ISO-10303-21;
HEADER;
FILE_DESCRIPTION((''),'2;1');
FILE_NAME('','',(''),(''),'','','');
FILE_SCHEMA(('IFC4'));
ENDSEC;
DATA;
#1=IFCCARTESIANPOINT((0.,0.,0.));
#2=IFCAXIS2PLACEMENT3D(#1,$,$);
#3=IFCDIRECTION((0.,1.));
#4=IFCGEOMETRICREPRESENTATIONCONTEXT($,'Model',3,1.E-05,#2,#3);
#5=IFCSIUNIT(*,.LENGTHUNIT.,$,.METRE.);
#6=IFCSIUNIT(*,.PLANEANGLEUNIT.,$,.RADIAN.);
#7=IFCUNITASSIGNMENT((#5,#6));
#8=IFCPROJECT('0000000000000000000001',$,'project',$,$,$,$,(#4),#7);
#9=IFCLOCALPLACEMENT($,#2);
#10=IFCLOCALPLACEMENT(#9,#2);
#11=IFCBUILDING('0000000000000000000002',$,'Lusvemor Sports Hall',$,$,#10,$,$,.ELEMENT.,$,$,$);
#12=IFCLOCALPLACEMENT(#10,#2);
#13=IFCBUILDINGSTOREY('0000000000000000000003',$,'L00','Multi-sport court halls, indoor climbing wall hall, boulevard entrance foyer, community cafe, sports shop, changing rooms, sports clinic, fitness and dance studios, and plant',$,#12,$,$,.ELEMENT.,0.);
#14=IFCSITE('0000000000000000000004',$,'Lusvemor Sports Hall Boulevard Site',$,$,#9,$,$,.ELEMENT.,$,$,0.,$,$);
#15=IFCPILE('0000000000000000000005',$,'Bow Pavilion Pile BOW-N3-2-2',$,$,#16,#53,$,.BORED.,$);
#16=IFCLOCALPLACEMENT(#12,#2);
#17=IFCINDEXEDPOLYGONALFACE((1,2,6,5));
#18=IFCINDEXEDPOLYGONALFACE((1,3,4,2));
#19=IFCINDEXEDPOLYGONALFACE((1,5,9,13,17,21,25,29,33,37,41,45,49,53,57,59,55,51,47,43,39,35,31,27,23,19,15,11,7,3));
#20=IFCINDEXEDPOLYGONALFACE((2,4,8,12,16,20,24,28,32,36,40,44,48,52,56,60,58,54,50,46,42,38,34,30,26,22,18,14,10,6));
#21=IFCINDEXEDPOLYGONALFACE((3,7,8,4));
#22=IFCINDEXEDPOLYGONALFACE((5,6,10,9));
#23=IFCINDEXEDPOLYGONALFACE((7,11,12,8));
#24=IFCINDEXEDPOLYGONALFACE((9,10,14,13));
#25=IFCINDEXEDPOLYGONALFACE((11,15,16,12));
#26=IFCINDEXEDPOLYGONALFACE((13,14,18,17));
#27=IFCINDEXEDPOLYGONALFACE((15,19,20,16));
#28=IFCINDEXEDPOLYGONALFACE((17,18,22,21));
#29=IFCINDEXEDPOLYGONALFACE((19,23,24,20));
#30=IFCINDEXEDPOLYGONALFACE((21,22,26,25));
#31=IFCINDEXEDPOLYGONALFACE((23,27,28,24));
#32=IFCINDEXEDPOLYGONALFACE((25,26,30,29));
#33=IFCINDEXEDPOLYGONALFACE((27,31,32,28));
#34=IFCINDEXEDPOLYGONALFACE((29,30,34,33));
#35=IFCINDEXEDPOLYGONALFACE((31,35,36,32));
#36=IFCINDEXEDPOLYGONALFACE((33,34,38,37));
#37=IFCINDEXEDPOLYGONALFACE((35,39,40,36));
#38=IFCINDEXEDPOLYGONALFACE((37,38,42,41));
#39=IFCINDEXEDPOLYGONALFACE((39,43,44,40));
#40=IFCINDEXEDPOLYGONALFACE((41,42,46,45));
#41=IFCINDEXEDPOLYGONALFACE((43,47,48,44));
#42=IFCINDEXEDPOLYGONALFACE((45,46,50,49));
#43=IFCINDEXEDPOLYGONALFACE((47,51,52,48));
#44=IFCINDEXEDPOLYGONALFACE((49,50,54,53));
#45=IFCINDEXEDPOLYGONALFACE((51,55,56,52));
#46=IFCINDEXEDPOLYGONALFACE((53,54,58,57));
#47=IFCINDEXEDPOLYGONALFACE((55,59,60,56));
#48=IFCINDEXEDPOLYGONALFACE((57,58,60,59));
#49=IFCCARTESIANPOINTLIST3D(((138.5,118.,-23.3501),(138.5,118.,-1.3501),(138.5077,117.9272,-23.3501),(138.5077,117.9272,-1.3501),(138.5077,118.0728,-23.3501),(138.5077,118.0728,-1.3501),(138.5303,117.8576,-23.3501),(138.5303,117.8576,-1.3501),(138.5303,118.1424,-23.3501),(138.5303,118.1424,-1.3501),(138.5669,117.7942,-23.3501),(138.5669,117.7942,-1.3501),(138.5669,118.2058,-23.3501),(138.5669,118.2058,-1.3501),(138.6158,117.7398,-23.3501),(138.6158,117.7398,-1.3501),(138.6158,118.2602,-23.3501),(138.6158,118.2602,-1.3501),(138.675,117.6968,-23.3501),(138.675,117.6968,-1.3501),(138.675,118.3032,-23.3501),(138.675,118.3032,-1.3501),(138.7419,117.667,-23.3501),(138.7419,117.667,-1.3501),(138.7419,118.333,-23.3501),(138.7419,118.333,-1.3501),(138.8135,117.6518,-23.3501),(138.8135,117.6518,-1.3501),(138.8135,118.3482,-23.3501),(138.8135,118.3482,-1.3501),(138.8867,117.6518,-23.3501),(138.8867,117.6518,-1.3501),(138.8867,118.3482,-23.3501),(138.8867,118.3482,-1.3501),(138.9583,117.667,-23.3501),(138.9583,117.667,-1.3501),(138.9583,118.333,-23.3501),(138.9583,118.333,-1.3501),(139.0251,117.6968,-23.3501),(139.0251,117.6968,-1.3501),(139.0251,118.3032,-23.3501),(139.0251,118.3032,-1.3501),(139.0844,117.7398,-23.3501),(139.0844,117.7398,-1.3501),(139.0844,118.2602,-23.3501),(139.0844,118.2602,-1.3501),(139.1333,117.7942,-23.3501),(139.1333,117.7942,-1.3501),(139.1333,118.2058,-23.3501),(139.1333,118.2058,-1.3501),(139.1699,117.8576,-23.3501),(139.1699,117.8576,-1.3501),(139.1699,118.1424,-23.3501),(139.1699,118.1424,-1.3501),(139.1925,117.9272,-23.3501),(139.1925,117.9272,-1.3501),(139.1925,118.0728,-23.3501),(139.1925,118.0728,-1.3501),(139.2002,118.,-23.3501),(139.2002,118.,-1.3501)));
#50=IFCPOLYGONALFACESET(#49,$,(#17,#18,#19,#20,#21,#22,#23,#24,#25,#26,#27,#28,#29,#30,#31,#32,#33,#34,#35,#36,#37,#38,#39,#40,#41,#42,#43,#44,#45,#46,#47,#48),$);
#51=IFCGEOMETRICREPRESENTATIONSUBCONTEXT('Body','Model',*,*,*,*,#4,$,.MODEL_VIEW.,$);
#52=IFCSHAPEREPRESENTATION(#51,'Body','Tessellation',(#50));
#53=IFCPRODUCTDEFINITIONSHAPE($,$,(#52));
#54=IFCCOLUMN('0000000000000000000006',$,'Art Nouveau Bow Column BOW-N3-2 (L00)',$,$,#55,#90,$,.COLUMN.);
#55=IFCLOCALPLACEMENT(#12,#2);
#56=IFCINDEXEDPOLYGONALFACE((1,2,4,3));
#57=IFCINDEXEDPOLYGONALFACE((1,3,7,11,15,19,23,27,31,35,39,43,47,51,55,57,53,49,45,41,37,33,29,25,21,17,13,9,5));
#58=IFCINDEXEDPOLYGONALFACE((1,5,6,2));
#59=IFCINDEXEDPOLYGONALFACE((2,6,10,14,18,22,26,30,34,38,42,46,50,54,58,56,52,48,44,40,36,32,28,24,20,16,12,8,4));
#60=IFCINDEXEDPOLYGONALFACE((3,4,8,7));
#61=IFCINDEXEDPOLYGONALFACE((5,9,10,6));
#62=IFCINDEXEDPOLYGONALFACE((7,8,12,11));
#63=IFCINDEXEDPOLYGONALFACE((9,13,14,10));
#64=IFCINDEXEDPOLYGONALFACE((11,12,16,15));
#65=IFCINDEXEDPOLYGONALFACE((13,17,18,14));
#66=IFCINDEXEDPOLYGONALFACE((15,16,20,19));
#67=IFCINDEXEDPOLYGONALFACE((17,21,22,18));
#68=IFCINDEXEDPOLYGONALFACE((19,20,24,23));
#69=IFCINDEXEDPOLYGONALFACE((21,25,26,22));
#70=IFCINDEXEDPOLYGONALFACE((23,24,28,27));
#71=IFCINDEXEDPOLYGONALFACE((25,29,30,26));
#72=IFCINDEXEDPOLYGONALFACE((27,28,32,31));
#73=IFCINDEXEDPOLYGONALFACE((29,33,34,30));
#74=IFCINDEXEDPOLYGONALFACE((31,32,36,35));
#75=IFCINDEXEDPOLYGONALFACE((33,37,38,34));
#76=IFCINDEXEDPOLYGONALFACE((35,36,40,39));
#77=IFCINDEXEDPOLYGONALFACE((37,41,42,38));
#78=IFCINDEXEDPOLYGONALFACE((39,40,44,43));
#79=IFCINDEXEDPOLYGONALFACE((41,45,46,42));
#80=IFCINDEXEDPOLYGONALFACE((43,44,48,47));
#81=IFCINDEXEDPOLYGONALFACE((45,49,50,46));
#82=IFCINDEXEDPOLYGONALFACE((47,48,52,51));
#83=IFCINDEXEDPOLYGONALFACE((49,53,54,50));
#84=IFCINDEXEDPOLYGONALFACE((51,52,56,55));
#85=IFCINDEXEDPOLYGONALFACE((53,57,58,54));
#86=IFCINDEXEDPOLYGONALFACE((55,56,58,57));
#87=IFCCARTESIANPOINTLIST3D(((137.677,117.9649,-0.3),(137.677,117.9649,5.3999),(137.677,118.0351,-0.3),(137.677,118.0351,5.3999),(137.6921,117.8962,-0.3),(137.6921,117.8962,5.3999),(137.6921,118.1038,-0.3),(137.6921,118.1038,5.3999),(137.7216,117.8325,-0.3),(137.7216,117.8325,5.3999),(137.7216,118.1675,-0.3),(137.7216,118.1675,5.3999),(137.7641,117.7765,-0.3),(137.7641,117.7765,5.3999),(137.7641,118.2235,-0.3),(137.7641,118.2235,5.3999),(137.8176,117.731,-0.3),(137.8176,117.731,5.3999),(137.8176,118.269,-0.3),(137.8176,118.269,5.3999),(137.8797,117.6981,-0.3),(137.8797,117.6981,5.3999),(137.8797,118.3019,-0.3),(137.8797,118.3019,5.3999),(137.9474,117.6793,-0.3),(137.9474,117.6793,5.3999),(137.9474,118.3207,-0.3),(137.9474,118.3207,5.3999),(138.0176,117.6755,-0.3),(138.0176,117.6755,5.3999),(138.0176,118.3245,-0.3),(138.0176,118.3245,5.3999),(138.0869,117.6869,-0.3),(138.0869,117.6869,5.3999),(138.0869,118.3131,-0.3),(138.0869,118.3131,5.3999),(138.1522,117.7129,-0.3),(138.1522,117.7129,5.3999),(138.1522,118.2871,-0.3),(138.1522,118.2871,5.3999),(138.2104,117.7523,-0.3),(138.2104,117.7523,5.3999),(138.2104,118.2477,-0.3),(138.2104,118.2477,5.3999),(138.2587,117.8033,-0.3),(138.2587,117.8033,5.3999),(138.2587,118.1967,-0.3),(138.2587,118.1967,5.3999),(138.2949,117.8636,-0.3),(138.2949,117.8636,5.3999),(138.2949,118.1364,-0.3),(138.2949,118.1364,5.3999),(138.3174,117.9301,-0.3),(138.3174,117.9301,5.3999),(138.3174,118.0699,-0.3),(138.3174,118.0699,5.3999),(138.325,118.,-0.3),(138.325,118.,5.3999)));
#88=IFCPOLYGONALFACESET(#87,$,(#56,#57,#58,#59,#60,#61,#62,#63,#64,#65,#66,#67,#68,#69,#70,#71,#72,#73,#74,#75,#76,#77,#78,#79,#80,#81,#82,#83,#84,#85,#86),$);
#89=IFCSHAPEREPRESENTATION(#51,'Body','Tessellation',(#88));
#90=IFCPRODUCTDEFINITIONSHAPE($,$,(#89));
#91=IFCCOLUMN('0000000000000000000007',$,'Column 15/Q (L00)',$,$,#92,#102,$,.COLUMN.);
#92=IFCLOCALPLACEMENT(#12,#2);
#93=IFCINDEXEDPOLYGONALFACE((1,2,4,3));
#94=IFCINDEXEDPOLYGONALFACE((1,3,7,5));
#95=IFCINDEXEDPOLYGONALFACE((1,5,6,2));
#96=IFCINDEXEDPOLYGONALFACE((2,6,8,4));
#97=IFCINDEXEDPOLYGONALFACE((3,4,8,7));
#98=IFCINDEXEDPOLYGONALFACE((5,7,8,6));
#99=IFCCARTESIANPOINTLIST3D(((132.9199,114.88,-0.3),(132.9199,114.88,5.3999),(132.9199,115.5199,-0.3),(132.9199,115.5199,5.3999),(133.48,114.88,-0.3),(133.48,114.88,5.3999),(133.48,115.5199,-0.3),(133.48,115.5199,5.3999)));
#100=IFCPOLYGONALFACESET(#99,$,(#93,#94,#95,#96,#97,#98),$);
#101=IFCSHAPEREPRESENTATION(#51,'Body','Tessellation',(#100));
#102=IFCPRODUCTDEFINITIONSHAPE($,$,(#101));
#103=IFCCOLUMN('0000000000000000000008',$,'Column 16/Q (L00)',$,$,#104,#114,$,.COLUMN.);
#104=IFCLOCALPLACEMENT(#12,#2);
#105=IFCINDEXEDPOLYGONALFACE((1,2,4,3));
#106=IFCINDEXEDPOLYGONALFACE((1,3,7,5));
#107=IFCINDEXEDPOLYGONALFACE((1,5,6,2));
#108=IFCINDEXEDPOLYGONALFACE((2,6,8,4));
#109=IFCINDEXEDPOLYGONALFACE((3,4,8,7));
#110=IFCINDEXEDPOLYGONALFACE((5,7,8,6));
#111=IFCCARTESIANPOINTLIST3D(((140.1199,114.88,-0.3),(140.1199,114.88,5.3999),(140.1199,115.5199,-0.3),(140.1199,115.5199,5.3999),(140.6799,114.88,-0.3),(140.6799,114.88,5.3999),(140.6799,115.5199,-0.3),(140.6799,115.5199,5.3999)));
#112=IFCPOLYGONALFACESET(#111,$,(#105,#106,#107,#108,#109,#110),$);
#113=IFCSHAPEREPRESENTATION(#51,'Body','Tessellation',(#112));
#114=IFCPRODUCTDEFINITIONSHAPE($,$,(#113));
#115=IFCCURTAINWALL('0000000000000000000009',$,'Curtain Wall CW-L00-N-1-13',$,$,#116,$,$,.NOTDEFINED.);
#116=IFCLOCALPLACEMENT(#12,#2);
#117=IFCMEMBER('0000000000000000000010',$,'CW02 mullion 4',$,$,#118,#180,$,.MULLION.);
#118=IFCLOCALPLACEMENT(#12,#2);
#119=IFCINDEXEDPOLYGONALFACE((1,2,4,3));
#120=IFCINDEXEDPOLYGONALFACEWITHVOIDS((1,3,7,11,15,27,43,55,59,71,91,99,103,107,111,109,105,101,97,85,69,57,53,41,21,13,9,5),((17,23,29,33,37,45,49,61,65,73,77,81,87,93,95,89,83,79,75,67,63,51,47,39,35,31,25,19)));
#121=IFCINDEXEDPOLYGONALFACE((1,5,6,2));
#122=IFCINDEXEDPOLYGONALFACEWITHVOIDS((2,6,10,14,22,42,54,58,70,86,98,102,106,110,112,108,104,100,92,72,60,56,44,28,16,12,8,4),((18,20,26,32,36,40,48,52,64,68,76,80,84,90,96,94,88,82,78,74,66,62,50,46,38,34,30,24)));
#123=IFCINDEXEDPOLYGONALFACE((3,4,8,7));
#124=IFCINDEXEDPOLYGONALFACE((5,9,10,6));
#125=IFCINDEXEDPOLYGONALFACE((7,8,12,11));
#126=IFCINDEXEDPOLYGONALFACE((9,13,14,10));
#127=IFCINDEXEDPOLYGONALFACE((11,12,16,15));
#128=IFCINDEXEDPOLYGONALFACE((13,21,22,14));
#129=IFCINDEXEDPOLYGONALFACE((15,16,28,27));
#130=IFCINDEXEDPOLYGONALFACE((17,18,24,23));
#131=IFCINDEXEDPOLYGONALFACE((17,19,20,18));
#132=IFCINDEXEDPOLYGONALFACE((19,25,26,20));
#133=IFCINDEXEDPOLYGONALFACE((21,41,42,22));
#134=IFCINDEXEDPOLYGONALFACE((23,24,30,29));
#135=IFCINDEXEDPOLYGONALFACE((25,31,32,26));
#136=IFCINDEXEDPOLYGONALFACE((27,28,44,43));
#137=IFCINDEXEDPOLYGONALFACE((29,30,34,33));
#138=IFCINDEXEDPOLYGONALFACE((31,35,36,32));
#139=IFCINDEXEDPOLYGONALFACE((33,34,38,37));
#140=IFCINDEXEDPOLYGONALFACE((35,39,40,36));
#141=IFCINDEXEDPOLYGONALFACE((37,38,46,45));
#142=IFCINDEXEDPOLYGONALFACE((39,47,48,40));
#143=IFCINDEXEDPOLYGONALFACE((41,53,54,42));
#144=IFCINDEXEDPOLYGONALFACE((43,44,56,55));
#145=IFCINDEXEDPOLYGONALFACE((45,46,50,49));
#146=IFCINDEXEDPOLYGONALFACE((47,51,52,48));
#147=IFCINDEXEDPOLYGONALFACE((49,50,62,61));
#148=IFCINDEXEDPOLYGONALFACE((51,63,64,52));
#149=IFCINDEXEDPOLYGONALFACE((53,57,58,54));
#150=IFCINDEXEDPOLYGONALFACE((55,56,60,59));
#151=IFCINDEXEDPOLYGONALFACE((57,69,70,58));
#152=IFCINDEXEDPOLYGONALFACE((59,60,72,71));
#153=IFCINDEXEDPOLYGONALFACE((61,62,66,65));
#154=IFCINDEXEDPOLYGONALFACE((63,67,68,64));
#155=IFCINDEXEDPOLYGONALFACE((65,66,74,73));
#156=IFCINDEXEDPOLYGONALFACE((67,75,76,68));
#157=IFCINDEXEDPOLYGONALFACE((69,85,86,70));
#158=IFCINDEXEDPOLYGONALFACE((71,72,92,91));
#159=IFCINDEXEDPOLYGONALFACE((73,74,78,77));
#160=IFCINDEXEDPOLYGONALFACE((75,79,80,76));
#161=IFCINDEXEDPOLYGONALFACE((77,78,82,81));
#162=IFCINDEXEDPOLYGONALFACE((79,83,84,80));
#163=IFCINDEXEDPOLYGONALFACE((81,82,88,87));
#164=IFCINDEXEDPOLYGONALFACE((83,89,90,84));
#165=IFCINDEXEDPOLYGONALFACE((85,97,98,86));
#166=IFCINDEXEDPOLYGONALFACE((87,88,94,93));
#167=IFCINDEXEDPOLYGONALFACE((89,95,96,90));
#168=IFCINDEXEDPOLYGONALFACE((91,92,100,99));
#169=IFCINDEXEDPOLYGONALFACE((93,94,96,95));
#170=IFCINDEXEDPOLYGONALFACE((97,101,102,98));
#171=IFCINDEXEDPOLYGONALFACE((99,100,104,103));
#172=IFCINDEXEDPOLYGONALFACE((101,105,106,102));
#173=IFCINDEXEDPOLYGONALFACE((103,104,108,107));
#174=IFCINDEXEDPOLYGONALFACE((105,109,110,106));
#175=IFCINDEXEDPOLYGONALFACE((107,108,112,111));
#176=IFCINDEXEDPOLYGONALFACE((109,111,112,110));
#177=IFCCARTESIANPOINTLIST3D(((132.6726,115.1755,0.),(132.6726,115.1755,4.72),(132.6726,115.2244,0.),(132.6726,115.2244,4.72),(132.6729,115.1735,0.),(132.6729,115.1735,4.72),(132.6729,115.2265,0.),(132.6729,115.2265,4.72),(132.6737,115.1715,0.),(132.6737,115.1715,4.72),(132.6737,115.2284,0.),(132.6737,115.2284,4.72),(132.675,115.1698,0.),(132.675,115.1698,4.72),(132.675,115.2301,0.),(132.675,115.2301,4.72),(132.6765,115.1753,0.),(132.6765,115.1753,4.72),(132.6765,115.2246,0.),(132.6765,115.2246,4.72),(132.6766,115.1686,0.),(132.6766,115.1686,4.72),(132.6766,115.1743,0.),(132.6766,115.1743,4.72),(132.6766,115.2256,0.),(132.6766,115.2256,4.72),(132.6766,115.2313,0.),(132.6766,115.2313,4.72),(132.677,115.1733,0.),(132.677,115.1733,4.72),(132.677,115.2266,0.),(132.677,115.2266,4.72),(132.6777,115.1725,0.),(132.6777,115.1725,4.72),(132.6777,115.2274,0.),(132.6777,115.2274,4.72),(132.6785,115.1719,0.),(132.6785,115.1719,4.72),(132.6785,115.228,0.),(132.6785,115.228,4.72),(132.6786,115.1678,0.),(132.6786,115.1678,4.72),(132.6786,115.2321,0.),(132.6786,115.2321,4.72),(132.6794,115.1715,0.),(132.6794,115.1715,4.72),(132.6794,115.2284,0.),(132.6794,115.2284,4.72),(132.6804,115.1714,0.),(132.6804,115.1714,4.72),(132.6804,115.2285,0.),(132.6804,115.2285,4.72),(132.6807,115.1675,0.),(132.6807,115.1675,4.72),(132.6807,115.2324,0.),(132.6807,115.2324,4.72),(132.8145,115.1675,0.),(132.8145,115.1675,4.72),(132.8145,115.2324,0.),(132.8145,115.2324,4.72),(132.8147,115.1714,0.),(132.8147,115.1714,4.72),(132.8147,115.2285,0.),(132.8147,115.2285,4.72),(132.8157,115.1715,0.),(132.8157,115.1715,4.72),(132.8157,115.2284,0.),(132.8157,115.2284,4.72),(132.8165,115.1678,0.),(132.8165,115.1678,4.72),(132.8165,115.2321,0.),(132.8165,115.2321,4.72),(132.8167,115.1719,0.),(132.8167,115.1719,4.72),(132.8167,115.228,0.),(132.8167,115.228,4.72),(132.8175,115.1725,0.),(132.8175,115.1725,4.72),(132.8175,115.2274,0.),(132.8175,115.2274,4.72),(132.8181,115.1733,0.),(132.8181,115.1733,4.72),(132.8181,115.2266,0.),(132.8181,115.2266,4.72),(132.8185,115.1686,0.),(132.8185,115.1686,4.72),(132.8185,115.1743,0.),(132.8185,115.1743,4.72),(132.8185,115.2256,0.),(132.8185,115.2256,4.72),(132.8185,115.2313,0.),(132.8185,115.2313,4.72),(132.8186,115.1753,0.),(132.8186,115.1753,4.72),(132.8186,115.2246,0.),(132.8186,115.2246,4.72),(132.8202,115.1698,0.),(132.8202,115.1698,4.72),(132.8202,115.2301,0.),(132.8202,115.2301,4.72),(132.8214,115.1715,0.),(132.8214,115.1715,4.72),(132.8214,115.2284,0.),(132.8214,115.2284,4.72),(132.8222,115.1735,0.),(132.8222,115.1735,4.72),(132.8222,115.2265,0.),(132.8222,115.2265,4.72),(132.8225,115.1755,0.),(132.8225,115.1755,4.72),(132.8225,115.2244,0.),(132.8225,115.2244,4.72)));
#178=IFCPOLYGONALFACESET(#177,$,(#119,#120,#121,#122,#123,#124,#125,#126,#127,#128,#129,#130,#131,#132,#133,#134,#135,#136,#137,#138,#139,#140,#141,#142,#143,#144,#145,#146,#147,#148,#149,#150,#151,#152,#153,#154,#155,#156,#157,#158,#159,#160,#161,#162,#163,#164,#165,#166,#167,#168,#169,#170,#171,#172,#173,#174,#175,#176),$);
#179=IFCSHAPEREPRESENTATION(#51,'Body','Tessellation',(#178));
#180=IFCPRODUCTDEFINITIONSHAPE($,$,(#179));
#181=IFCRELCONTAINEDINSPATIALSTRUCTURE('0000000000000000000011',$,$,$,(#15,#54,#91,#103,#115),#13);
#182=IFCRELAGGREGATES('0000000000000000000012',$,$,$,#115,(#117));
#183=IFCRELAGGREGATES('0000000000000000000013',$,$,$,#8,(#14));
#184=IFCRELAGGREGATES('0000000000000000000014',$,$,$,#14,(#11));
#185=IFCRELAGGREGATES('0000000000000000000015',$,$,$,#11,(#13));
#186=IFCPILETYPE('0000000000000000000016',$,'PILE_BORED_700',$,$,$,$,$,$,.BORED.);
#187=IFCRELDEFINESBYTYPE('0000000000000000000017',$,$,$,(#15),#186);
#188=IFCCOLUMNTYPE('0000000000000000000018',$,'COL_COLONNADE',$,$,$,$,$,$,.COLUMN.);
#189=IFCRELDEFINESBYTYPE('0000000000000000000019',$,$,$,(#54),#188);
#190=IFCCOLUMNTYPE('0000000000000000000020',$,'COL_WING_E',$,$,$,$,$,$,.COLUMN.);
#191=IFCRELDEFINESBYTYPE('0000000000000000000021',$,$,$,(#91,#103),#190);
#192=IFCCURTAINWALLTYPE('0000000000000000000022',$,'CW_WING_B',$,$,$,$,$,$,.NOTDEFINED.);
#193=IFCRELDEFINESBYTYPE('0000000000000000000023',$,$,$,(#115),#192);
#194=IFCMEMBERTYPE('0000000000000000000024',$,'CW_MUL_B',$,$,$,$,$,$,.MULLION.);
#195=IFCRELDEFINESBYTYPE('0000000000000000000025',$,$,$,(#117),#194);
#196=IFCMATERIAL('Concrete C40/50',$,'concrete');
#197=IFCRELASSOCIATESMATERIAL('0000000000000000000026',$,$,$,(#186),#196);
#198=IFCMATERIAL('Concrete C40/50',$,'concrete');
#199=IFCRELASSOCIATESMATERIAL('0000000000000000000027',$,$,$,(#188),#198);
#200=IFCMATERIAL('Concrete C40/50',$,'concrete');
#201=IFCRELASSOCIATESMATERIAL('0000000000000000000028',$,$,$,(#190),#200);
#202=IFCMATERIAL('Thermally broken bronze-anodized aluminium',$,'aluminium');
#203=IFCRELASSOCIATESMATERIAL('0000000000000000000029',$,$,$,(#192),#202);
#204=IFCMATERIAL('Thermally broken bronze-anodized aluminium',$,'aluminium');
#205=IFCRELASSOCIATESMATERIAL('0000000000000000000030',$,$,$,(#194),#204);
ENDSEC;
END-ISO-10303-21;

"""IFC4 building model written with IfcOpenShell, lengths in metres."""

from ifc_helpers import new_model, si_unit, direction, frame, origin, origin_2d, place, context, subcontext, project, spatial, rectangle, hollow_rectangle, circle, extrude, material, material_profile, profile_set, type_object, element, aggregate, save


model = new_model("IFC4")

# Units and contexts
model_context = context("Model", 3, precision=1e-05, world=origin(), true_north=direction((0.0, 1.0)))
body_context = subcontext(model_context, "Body", "Model", "MODEL_VIEW")
ifc_project = project(units=[si_unit("LENGTHUNIT", "METRE"), si_unit("PLANEANGLEUNIT", "RADIAN")], contexts=[model_context])

# Site, building, storey
site_placement = place(None, origin())
site = spatial("IfcSite", under=ifc_project, at=site_placement, Name="Lusvemor Sports Hall Boulevard Site", CompositionType="ELEMENT", RefElevation=0.0)
building_placement = place(site_placement, origin())
building = spatial("IfcBuilding", under=site, at=building_placement, Name="Lusvemor Sports Hall", CompositionType="ELEMENT")
storey_placement = place(building_placement, origin())
storey = spatial("IfcBuildingStorey", under=building, at=storey_placement, Name="L00", Description="Multi-sport court halls, indoor climbing wall hall, boulevard entrance foyer, community cafe, sports shop, changing rooms, sports clinic, fitness and dance studios, and plant", CompositionType="ELEMENT", Elevation=0.0)

# Pile
ifc_material_1 = material(Name="Concrete C40/50", Category="concrete")
ifc_material_profile_1 = material_profile(ifc_material_1, circle(Radius=0.3501, at=origin_2d()), Name="PILE700")
ifc_profile_set_1 = profile_set([ifc_material_profile_1], Name="Concrete C40/50")
pile_type = type_object("IfcPileType", Name="PILE_BORED_700", PredefinedType="BORED", material=ifc_profile_set_1)
for number, where, z_axis, x_axis, name in (
    (1, (138.8501, 118.0, -1.3501), (0.0, 0.0, -1.0), (1.0, 0.0, 0.0), "Bow Pavilion Pile BOW-N3-2-2"),
):
    element("IfcPile", number, at=place(storey_placement, frame(where, z_axis=z_axis, x_axis=x_axis)), inside=storey, type_object=pile_type, Name=name, PredefinedType="BORED", context=body_context, shape_type="SweptSolid", body=[
        extrude(circle(Radius=0.3501, at=origin_2d()), origin(), (0.0, 0.0, 1.0), 22.0),
    ])

# Columns
ifc_material_2 = material(Name="Concrete C40/50", Category="concrete")
ifc_material_profile_2 = material_profile(ifc_material_2, circle(Radius=0.325, at=origin_2d()), Name="RCCIRC650")
ifc_profile_set_2 = profile_set([ifc_material_profile_2], Name="Concrete C40/50")
column_type_1 = type_object("IfcColumnType", Name="COL_COLONNADE", PredefinedType="COLUMN", material=ifc_profile_set_2)
column_placement = place(storey_placement, frame((138.0, 118.0, -0.3), z_axis=(0.0, 0.0, 1.0), x_axis=(1.0, 0.0, 0.0)))
element("IfcColumn", 2, at=column_placement, inside=storey, type_object=column_type_1, Name="Art Nouveau Bow Column BOW-N3-2 (L00)", PredefinedType="COLUMN", context=body_context, shape_type="SweptSolid", body=[
    extrude(circle(Radius=0.325, at=origin_2d()), origin(), (0.0, 0.0, 1.0), 5.7),
])
ifc_material_3 = material(Name="Concrete C40/50", Category="concrete")
ifc_material_profile_3 = material_profile(ifc_material_3, rectangle(XDim=0.5601, YDim=0.6399, at=origin_2d()), Name="RC560x640")
ifc_profile_set_3 = profile_set([ifc_material_profile_3], Name="Concrete C40/50")
column_type_2 = type_object("IfcColumnType", Name="COL_WING_E", PredefinedType="COLUMN", material=ifc_profile_set_3)
for number, where, z_axis, x_axis, name in (
    (3, (133.2, 115.2, -0.3), (0.0, 0.0, 1.0), (1.0, 0.0, 0.0), "Column 15/Q (L00)"),
    (4, (140.3999, 115.2, -0.3), (0.0, 0.0, 1.0), (1.0, 0.0, 0.0), "Column 16/Q (L00)"),
):
    element("IfcColumn", number, at=place(storey_placement, frame(where, z_axis=z_axis, x_axis=x_axis)), inside=storey, type_object=column_type_2, Name=name, PredefinedType="COLUMN", context=body_context, shape_type="SweptSolid", body=[
        extrude(rectangle(XDim=0.5601, YDim=0.6399, at=origin_2d()), origin(), (0.0, 0.0, 1.0), 5.7),
    ])

# Curtain wall, member
ifc_material_4 = material(Name="Thermally broken bronze-anodized aluminium", Category="aluminium")
curtain_wall_type = type_object("IfcCurtainWallType", Name="CW_WING_B", PredefinedType="NOTDEFINED", material=ifc_material_4)
curtain_wall_1_placement = place(storey_placement, origin())
curtain_wall_1 = element("IfcCurtainWall", 5, at=curtain_wall_1_placement, inside=storey, type_object=curtain_wall_type, Name="Curtain Wall CW-L00-N-1-13", PredefinedType="NOTDEFINED")
ifc_material_5 = material(Name="Thermally broken bronze-anodized aluminium", Category="aluminium")
ifc_material_profile_4 = material_profile(ifc_material_5, hollow_rectangle(XDim=0.0649, YDim=0.1499, WallThickness=0.0039, InnerFilletRadius=0.0039, OuterFilletRadius=0.0081, at=origin_2d()), Name="CWMUL150x65x4")
ifc_profile_set_4 = profile_set([ifc_material_profile_4], Name="Thermally broken bronze-anodized aluminium")
member_type = type_object("IfcMemberType", Name="CW_MUL_B", PredefinedType="MULLION", material=ifc_profile_set_4)
member_1_placement = place(storey_placement, frame((132.7476, 115.2, 0.0), z_axis=(0.0, 0.0, 1.0), x_axis=(0.0, 1.0, 0.0)))
member_1 = element("IfcMember", 6, at=member_1_placement, type_object=member_type, Name="CW02 mullion 4", PredefinedType="MULLION", context=body_context, shape_type="SweptSolid", body=[
    extrude(hollow_rectangle(XDim=0.0649, YDim=0.1499, WallThickness=0.0039, InnerFilletRadius=0.0039, OuterFilletRadius=0.0081, at=origin_2d()), origin(), (0.0, 0.0, 1.0), 4.72),
])

aggregate(curtain_wall_1, [member_1])

save(model, "model.ifc")
